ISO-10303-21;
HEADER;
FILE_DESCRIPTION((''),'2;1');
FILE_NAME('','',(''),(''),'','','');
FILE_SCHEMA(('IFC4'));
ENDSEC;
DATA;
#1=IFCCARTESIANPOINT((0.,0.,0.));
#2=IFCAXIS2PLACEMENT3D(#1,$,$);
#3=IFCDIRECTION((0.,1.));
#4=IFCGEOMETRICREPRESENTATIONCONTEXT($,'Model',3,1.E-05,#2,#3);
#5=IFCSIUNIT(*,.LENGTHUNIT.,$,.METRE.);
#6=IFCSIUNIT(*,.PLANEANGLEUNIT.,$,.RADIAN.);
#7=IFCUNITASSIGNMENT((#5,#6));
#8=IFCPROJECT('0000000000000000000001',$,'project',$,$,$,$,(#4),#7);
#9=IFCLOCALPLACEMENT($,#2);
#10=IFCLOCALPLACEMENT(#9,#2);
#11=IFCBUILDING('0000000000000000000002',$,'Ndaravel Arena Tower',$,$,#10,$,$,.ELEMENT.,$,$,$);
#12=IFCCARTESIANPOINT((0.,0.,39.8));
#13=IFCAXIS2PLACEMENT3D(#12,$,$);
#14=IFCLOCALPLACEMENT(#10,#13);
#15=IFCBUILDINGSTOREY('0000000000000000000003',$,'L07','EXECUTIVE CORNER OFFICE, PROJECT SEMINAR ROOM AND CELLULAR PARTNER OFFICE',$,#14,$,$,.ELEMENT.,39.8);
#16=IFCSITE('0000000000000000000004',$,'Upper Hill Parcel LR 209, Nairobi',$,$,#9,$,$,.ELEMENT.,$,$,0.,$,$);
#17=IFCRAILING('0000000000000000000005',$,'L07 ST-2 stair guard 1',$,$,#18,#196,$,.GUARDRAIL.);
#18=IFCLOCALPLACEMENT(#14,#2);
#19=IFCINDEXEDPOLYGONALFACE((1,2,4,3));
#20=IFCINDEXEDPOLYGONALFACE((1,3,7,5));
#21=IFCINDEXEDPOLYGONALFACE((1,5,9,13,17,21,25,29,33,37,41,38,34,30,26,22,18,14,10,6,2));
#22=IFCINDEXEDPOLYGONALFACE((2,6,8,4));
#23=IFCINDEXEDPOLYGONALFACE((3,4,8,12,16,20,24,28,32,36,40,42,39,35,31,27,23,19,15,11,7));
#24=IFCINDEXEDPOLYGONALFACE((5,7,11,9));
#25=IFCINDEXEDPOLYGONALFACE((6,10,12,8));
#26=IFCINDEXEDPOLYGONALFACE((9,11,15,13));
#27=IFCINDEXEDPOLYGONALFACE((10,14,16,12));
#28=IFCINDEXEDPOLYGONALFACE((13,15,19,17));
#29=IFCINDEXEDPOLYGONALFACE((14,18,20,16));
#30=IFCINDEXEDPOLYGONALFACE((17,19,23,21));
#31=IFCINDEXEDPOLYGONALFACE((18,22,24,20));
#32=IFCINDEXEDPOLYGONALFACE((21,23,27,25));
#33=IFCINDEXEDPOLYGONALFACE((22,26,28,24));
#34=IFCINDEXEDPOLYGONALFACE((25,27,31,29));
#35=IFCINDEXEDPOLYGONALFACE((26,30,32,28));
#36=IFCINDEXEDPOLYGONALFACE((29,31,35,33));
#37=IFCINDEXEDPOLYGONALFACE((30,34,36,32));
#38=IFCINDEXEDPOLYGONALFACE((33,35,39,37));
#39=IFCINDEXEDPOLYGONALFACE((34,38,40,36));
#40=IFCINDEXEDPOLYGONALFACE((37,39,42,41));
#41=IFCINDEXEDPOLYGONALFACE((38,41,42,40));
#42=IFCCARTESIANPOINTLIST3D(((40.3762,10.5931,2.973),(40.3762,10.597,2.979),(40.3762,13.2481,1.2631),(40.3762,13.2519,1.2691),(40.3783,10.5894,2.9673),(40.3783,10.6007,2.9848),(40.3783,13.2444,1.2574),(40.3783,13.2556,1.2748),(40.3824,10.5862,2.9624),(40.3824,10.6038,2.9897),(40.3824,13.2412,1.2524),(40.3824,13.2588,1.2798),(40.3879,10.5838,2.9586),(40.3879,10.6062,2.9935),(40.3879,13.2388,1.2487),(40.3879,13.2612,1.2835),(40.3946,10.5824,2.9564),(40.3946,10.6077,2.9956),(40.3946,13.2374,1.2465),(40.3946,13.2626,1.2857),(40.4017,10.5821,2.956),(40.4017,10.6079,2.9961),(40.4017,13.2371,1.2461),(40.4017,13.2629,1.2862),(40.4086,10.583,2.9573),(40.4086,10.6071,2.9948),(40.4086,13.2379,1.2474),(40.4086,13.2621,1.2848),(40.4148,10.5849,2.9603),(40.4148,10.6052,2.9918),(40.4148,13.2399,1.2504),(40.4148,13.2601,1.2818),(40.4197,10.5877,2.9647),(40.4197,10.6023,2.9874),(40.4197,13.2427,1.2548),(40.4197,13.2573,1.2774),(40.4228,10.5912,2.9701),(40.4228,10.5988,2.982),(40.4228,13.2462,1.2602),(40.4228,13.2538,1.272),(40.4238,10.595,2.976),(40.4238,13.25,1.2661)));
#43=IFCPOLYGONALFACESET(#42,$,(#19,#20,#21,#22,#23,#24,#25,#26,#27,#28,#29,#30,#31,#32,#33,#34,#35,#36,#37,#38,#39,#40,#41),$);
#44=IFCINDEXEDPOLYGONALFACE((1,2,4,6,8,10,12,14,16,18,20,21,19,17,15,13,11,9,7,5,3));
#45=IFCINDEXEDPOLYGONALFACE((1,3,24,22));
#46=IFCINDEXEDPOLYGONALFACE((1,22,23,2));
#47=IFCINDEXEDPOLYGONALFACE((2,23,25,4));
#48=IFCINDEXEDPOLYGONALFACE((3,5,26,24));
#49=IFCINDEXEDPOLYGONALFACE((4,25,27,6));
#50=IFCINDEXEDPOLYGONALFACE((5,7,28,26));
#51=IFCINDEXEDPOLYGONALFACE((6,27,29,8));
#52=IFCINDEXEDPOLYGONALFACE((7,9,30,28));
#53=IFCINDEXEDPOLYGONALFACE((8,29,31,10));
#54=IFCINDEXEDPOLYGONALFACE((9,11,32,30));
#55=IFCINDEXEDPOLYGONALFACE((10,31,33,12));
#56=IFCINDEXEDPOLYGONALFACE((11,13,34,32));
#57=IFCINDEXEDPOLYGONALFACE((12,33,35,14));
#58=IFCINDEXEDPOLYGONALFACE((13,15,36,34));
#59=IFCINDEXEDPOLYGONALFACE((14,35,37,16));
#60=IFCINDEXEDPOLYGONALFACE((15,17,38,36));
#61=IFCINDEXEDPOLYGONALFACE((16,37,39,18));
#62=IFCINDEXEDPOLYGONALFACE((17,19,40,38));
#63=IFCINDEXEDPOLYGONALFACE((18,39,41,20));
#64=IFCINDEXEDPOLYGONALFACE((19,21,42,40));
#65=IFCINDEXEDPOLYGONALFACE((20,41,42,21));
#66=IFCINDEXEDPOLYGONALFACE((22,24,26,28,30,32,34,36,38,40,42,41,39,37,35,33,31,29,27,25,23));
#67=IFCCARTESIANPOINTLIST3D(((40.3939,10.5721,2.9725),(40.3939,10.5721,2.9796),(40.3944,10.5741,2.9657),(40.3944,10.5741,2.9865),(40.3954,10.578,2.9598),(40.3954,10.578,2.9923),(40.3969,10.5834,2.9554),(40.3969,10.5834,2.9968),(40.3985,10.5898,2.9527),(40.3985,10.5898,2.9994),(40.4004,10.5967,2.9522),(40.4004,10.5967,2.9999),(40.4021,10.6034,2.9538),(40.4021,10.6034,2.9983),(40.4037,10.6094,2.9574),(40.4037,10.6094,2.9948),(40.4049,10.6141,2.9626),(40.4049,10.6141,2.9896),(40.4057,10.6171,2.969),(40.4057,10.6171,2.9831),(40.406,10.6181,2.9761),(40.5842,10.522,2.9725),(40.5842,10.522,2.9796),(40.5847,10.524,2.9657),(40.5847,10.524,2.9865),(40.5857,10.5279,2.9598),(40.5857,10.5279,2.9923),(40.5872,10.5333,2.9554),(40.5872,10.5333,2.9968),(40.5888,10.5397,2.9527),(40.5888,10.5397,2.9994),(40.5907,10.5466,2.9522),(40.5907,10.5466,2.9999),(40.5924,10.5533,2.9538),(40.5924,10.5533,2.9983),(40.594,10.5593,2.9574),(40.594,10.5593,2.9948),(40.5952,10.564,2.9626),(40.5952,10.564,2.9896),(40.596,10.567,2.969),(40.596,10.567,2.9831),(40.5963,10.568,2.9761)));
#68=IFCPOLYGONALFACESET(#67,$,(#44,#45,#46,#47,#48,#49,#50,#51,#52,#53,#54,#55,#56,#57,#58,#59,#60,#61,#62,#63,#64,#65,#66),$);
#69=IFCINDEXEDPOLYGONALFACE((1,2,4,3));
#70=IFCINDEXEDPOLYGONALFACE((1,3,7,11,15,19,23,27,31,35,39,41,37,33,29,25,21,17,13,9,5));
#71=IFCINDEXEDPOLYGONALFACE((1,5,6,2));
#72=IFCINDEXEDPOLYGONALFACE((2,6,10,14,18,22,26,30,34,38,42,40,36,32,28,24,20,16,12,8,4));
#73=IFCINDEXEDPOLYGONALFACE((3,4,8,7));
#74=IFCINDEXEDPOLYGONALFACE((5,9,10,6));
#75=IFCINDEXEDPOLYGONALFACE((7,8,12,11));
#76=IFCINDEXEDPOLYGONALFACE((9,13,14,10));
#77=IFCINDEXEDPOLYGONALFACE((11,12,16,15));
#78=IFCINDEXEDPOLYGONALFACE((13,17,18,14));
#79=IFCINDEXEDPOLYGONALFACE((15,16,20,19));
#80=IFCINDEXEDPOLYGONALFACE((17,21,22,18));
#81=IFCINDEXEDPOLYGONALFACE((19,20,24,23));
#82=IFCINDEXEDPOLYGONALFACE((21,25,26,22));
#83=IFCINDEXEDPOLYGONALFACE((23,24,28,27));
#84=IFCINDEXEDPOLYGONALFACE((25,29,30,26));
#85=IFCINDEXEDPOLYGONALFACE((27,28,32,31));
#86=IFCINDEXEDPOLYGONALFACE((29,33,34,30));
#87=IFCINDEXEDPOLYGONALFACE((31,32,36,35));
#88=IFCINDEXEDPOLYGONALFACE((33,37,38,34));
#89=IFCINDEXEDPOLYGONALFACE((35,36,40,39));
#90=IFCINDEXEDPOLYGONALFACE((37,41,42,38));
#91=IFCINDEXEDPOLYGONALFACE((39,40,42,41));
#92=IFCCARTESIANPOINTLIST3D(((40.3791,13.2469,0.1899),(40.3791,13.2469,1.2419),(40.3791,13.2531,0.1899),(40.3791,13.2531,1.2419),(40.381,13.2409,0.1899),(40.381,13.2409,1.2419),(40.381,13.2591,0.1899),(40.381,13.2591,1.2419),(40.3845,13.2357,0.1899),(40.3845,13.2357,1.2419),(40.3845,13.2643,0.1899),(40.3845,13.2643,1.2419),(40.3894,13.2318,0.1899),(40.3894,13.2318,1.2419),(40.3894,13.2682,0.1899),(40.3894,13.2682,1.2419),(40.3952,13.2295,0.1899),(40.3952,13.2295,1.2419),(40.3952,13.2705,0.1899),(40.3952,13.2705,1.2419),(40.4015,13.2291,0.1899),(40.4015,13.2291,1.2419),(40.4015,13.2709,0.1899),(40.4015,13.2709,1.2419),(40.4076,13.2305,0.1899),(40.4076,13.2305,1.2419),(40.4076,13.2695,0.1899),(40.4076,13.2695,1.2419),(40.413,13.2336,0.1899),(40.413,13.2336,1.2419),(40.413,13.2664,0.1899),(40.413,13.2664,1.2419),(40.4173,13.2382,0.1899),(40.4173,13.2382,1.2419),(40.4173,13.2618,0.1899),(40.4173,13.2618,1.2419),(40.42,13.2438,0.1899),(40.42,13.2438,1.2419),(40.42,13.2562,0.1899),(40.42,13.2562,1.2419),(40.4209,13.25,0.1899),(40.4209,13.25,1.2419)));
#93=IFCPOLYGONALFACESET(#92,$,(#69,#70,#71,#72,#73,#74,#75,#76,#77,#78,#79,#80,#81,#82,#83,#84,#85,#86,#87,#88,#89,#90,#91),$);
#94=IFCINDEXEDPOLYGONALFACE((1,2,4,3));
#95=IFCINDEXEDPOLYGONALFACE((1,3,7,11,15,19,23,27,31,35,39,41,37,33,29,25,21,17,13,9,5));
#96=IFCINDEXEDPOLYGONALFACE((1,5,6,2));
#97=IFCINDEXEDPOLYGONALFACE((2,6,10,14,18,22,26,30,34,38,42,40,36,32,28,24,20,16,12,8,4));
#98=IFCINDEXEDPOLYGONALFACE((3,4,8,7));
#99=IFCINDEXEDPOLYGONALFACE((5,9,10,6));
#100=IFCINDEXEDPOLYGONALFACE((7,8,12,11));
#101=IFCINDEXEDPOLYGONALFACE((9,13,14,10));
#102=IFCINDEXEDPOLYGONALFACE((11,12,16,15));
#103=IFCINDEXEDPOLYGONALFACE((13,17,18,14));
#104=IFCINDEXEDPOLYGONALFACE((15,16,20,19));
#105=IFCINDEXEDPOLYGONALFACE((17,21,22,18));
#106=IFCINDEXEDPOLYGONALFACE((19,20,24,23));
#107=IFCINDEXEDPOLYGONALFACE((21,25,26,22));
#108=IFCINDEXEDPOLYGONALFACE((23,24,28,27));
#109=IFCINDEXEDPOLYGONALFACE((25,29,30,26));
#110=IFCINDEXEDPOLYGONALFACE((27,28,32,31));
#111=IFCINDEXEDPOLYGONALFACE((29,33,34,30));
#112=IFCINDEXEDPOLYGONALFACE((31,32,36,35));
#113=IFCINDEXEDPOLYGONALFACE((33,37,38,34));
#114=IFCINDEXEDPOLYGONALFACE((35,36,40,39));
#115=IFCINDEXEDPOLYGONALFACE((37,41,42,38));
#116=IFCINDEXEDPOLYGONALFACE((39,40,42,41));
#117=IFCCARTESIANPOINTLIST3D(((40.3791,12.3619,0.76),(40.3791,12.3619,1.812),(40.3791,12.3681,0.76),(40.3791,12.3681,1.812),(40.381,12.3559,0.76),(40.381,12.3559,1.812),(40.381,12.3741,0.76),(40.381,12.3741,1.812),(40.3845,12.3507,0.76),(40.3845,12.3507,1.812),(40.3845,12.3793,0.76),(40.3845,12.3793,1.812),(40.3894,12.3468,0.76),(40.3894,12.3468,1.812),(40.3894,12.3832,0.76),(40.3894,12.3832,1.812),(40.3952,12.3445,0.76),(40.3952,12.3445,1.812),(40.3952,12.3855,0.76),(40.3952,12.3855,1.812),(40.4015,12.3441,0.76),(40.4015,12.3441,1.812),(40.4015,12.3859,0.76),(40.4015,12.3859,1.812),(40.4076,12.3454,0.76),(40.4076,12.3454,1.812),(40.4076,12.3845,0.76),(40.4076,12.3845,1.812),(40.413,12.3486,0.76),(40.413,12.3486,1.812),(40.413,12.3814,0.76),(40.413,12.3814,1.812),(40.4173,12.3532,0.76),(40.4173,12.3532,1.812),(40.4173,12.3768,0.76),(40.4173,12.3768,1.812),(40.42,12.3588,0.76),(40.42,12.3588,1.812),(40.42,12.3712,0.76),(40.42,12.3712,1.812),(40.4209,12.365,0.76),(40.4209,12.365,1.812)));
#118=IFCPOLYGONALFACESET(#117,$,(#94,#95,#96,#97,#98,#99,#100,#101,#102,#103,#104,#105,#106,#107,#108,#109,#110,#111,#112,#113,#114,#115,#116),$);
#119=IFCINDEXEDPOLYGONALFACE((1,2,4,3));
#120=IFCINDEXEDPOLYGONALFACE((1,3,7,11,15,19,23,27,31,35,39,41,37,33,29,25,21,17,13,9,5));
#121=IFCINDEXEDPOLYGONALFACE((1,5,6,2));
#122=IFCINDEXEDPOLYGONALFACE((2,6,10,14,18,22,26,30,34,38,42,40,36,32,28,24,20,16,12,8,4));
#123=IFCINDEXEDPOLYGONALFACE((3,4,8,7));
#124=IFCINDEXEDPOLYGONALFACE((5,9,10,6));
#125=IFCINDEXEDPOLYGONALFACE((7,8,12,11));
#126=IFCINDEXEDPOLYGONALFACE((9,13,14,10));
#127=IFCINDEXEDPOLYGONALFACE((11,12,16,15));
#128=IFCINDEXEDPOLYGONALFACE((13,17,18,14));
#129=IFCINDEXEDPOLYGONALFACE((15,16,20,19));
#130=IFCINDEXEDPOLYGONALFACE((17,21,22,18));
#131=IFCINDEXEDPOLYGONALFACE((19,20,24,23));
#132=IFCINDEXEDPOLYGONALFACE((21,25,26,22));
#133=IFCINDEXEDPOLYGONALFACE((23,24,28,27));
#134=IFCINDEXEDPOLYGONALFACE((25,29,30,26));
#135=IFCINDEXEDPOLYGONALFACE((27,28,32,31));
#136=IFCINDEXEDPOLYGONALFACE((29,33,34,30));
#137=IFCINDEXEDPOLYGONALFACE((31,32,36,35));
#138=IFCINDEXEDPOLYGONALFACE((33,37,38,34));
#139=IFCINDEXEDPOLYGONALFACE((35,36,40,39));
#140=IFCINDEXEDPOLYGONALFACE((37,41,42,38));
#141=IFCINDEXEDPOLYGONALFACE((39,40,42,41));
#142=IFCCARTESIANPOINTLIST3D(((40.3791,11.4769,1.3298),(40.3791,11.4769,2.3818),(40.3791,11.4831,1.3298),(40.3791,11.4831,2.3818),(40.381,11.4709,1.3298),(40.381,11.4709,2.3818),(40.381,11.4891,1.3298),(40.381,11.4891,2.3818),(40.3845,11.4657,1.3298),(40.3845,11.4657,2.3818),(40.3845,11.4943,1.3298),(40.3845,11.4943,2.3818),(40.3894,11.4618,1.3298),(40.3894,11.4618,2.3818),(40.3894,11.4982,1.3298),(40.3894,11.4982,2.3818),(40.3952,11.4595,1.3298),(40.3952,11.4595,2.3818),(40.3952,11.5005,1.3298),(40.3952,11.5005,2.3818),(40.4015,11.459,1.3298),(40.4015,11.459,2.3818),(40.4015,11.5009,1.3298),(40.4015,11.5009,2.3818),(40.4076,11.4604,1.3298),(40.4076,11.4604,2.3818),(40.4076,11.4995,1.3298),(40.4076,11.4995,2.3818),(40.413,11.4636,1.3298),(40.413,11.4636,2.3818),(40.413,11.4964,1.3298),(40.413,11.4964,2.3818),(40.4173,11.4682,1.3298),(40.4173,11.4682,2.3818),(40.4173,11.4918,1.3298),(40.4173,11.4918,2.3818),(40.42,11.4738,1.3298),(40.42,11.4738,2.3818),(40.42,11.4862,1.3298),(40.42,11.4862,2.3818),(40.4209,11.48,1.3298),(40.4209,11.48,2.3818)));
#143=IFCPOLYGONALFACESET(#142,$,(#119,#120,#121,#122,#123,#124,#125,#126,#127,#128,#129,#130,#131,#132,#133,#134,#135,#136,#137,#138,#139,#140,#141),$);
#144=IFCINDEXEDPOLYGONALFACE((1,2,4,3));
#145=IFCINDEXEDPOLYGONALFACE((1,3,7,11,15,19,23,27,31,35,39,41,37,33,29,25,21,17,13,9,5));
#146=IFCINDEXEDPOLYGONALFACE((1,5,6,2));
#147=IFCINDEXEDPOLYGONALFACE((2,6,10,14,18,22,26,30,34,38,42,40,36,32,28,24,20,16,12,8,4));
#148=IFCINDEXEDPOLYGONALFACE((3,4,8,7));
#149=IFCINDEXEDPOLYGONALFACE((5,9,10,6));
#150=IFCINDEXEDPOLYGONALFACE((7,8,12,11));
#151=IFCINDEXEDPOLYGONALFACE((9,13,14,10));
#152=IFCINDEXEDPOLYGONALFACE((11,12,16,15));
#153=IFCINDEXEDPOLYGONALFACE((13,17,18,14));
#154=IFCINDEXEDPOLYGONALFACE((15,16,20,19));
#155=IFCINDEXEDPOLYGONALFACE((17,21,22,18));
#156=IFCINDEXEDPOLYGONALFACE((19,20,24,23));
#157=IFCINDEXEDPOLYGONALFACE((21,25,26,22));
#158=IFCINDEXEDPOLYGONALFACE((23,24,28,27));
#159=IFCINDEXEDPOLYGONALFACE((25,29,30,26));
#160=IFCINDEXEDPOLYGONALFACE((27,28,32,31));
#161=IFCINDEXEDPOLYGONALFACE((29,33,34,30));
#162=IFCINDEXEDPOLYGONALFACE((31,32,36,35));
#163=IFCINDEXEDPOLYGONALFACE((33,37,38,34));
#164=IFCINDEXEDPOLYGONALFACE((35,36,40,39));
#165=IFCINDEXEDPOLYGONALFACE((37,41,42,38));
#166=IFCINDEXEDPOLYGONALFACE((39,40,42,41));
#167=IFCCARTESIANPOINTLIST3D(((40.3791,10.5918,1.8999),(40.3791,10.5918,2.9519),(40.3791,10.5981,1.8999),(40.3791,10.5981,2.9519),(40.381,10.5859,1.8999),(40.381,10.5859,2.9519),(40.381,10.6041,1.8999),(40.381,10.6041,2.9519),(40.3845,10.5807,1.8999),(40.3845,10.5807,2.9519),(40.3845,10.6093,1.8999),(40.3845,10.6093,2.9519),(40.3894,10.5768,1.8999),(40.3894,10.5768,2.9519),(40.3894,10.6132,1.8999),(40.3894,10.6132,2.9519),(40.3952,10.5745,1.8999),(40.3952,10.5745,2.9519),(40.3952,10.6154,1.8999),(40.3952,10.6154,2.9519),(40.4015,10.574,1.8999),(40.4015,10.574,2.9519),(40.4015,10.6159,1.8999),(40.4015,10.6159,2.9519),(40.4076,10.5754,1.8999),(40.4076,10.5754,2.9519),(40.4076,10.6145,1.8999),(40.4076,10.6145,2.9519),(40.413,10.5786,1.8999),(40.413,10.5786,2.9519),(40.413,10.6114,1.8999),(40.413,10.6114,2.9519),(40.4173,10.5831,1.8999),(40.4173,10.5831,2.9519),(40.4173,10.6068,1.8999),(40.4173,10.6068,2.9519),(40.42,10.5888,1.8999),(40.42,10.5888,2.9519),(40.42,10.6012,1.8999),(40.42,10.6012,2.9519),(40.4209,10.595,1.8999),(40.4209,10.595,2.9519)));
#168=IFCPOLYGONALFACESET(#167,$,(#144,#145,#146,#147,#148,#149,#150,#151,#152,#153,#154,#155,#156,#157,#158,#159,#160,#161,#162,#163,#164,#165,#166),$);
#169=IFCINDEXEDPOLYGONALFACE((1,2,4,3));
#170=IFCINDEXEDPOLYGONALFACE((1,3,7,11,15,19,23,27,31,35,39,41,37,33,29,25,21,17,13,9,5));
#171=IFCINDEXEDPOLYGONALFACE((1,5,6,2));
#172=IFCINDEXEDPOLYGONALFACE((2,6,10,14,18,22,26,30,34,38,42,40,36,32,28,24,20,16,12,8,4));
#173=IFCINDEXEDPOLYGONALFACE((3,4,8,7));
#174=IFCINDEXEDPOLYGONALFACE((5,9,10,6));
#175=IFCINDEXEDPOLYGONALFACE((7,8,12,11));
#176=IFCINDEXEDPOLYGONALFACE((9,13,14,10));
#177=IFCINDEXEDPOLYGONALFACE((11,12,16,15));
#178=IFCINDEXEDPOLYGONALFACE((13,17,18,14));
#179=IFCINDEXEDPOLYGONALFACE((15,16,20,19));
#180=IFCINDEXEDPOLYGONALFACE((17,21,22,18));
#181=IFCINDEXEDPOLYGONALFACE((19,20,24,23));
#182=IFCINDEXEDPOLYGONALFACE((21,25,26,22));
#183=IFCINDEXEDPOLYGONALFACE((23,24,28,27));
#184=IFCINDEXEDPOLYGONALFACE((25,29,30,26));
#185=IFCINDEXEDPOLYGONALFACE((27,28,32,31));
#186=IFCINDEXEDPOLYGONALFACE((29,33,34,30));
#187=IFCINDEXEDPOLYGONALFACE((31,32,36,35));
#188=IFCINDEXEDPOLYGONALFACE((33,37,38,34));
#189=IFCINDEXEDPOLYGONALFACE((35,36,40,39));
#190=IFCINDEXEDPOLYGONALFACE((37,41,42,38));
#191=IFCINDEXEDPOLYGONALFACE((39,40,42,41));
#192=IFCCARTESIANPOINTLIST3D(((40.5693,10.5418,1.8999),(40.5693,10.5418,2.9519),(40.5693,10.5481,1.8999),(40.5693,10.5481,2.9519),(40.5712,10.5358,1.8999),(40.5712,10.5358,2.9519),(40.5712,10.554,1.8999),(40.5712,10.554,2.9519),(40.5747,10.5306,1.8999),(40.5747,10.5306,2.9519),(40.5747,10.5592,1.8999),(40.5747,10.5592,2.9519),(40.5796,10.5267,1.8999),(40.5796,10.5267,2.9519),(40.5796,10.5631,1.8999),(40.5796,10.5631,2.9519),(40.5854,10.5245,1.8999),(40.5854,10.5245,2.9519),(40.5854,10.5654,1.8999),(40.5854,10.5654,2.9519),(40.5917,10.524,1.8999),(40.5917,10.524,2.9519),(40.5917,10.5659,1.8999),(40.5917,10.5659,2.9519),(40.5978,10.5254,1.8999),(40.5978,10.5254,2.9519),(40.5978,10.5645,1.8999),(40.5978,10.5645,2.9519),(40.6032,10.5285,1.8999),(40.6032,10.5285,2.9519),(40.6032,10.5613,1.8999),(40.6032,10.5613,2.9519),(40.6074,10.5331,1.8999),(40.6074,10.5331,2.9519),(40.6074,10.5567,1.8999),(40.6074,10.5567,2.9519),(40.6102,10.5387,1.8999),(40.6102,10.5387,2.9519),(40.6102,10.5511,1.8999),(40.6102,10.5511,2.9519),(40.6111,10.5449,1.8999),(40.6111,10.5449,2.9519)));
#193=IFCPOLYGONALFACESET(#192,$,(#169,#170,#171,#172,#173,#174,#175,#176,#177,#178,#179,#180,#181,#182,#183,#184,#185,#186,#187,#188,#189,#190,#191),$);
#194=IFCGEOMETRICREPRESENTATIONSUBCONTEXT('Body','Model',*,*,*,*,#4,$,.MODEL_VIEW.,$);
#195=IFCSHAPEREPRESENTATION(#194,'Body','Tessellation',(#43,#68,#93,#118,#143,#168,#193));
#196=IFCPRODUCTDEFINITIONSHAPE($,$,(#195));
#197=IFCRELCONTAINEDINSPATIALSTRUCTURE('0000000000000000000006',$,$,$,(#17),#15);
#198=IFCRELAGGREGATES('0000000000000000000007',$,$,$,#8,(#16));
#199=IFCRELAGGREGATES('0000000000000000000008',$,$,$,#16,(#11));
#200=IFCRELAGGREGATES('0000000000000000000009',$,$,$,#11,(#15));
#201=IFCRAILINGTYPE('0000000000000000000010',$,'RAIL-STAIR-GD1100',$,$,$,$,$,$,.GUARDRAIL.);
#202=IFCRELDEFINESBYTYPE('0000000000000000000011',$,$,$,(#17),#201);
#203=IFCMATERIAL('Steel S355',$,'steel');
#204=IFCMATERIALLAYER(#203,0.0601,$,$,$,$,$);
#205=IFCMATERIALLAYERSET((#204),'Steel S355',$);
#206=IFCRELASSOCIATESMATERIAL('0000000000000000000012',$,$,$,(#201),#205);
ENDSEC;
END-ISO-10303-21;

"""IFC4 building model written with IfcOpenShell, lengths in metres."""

from ifc_helpers import new_model, si_unit, direction, frame, origin, origin_2d, place, context, subcontext, project, spatial, circle, extrude, material, layer, layer_set, type_object, element, save


model = new_model("IFC4")

# Units and contexts
model_context = context("Model", 3, precision=1e-05, world=origin(), true_north=direction((0.0, 1.0)))
body_context = subcontext(model_context, "Body", "Model", "MODEL_VIEW")
ifc_project = project(units=[si_unit("LENGTHUNIT", "METRE"), si_unit("PLANEANGLEUNIT", "RADIAN")], contexts=[model_context])

# Site, building, storey
site_placement = place(None, origin())
site = spatial("IfcSite", under=ifc_project, at=site_placement, Name="Upper Hill Parcel LR 209, Nairobi", CompositionType="ELEMENT", RefElevation=0.0)
building_placement = place(site_placement, origin())
building = spatial("IfcBuilding", under=site, at=building_placement, Name="Ndaravel Arena Tower", CompositionType="ELEMENT")
storey_placement = place(building_placement, frame((0.0, 0.0, 39.8)))
storey = spatial("IfcBuildingStorey", under=building, at=storey_placement, Name="L07", Description="EXECUTIVE CORNER OFFICE, PROJECT SEMINAR ROOM AND CELLULAR PARTNER OFFICE", CompositionType="ELEMENT", Elevation=39.8)

# Railing
ifc_material_1 = material(Name="Steel S355", Category="steel")
ifc_layer_1 = layer(ifc_material_1, 0.0601)
ifc_layer_set_1 = layer_set([ifc_layer_1], Name="Steel S355")
railing_type_1 = type_object("IfcRailingType", Name="RAIL-STAIR-GD1100", PredefinedType="GUARDRAIL", material=ifc_layer_set_1)
railing_1_placement = place(storey_placement, frame((40.3999, 13.25, 0.1899)))
element("IfcRailing", 1, at=railing_1_placement, inside=storey, type_object=railing_type_1, Name="L07 ST-2 stair guard 1", PredefinedType="GUARDRAIL", context=body_context, shape_type="SweptSolid", body=[
    extrude(circle(Radius=0.0239, at=origin_2d()), frame((0.0, 0.0, 1.0762), z_axis=(0.0, -0.840724, 0.541465), x_axis=(1.0, 0.0, 0.0)), (0.0, 0.0, 1.0), 3.158),
    extrude(circle(Radius=0.0239, at=origin_2d()), frame((0.0, -2.655, 2.7861), z_axis=(0.967075, -0.254493, 0.0), x_axis=(0.254493, 0.967075, 0.0)), (0.0, 0.0, 1.0), 0.1968),
    extrude(circle(Radius=0.021, at=origin_2d()), origin(), (0.0, 0.0, 1.0), 1.052),
    extrude(circle(Radius=0.021, at=origin_2d()), frame((0.0, -0.885, 0.5701)), (0.0, 0.0, 1.0), 1.052),
    extrude(circle(Radius=0.021, at=origin_2d()), frame((0.0, -1.77, 1.1399)), (0.0, 0.0, 1.0), 1.052),
    extrude(circle(Radius=0.021, at=origin_2d()), frame((0.0, -2.655, 1.71)), (0.0, 0.0, 1.0), 1.052),
    extrude(circle(Radius=0.021, at=origin_2d()), frame((0.1902, -2.7051, 1.71)), (0.0, 0.0, 1.0), 1.052),
])

save(model, "model.ifc")
